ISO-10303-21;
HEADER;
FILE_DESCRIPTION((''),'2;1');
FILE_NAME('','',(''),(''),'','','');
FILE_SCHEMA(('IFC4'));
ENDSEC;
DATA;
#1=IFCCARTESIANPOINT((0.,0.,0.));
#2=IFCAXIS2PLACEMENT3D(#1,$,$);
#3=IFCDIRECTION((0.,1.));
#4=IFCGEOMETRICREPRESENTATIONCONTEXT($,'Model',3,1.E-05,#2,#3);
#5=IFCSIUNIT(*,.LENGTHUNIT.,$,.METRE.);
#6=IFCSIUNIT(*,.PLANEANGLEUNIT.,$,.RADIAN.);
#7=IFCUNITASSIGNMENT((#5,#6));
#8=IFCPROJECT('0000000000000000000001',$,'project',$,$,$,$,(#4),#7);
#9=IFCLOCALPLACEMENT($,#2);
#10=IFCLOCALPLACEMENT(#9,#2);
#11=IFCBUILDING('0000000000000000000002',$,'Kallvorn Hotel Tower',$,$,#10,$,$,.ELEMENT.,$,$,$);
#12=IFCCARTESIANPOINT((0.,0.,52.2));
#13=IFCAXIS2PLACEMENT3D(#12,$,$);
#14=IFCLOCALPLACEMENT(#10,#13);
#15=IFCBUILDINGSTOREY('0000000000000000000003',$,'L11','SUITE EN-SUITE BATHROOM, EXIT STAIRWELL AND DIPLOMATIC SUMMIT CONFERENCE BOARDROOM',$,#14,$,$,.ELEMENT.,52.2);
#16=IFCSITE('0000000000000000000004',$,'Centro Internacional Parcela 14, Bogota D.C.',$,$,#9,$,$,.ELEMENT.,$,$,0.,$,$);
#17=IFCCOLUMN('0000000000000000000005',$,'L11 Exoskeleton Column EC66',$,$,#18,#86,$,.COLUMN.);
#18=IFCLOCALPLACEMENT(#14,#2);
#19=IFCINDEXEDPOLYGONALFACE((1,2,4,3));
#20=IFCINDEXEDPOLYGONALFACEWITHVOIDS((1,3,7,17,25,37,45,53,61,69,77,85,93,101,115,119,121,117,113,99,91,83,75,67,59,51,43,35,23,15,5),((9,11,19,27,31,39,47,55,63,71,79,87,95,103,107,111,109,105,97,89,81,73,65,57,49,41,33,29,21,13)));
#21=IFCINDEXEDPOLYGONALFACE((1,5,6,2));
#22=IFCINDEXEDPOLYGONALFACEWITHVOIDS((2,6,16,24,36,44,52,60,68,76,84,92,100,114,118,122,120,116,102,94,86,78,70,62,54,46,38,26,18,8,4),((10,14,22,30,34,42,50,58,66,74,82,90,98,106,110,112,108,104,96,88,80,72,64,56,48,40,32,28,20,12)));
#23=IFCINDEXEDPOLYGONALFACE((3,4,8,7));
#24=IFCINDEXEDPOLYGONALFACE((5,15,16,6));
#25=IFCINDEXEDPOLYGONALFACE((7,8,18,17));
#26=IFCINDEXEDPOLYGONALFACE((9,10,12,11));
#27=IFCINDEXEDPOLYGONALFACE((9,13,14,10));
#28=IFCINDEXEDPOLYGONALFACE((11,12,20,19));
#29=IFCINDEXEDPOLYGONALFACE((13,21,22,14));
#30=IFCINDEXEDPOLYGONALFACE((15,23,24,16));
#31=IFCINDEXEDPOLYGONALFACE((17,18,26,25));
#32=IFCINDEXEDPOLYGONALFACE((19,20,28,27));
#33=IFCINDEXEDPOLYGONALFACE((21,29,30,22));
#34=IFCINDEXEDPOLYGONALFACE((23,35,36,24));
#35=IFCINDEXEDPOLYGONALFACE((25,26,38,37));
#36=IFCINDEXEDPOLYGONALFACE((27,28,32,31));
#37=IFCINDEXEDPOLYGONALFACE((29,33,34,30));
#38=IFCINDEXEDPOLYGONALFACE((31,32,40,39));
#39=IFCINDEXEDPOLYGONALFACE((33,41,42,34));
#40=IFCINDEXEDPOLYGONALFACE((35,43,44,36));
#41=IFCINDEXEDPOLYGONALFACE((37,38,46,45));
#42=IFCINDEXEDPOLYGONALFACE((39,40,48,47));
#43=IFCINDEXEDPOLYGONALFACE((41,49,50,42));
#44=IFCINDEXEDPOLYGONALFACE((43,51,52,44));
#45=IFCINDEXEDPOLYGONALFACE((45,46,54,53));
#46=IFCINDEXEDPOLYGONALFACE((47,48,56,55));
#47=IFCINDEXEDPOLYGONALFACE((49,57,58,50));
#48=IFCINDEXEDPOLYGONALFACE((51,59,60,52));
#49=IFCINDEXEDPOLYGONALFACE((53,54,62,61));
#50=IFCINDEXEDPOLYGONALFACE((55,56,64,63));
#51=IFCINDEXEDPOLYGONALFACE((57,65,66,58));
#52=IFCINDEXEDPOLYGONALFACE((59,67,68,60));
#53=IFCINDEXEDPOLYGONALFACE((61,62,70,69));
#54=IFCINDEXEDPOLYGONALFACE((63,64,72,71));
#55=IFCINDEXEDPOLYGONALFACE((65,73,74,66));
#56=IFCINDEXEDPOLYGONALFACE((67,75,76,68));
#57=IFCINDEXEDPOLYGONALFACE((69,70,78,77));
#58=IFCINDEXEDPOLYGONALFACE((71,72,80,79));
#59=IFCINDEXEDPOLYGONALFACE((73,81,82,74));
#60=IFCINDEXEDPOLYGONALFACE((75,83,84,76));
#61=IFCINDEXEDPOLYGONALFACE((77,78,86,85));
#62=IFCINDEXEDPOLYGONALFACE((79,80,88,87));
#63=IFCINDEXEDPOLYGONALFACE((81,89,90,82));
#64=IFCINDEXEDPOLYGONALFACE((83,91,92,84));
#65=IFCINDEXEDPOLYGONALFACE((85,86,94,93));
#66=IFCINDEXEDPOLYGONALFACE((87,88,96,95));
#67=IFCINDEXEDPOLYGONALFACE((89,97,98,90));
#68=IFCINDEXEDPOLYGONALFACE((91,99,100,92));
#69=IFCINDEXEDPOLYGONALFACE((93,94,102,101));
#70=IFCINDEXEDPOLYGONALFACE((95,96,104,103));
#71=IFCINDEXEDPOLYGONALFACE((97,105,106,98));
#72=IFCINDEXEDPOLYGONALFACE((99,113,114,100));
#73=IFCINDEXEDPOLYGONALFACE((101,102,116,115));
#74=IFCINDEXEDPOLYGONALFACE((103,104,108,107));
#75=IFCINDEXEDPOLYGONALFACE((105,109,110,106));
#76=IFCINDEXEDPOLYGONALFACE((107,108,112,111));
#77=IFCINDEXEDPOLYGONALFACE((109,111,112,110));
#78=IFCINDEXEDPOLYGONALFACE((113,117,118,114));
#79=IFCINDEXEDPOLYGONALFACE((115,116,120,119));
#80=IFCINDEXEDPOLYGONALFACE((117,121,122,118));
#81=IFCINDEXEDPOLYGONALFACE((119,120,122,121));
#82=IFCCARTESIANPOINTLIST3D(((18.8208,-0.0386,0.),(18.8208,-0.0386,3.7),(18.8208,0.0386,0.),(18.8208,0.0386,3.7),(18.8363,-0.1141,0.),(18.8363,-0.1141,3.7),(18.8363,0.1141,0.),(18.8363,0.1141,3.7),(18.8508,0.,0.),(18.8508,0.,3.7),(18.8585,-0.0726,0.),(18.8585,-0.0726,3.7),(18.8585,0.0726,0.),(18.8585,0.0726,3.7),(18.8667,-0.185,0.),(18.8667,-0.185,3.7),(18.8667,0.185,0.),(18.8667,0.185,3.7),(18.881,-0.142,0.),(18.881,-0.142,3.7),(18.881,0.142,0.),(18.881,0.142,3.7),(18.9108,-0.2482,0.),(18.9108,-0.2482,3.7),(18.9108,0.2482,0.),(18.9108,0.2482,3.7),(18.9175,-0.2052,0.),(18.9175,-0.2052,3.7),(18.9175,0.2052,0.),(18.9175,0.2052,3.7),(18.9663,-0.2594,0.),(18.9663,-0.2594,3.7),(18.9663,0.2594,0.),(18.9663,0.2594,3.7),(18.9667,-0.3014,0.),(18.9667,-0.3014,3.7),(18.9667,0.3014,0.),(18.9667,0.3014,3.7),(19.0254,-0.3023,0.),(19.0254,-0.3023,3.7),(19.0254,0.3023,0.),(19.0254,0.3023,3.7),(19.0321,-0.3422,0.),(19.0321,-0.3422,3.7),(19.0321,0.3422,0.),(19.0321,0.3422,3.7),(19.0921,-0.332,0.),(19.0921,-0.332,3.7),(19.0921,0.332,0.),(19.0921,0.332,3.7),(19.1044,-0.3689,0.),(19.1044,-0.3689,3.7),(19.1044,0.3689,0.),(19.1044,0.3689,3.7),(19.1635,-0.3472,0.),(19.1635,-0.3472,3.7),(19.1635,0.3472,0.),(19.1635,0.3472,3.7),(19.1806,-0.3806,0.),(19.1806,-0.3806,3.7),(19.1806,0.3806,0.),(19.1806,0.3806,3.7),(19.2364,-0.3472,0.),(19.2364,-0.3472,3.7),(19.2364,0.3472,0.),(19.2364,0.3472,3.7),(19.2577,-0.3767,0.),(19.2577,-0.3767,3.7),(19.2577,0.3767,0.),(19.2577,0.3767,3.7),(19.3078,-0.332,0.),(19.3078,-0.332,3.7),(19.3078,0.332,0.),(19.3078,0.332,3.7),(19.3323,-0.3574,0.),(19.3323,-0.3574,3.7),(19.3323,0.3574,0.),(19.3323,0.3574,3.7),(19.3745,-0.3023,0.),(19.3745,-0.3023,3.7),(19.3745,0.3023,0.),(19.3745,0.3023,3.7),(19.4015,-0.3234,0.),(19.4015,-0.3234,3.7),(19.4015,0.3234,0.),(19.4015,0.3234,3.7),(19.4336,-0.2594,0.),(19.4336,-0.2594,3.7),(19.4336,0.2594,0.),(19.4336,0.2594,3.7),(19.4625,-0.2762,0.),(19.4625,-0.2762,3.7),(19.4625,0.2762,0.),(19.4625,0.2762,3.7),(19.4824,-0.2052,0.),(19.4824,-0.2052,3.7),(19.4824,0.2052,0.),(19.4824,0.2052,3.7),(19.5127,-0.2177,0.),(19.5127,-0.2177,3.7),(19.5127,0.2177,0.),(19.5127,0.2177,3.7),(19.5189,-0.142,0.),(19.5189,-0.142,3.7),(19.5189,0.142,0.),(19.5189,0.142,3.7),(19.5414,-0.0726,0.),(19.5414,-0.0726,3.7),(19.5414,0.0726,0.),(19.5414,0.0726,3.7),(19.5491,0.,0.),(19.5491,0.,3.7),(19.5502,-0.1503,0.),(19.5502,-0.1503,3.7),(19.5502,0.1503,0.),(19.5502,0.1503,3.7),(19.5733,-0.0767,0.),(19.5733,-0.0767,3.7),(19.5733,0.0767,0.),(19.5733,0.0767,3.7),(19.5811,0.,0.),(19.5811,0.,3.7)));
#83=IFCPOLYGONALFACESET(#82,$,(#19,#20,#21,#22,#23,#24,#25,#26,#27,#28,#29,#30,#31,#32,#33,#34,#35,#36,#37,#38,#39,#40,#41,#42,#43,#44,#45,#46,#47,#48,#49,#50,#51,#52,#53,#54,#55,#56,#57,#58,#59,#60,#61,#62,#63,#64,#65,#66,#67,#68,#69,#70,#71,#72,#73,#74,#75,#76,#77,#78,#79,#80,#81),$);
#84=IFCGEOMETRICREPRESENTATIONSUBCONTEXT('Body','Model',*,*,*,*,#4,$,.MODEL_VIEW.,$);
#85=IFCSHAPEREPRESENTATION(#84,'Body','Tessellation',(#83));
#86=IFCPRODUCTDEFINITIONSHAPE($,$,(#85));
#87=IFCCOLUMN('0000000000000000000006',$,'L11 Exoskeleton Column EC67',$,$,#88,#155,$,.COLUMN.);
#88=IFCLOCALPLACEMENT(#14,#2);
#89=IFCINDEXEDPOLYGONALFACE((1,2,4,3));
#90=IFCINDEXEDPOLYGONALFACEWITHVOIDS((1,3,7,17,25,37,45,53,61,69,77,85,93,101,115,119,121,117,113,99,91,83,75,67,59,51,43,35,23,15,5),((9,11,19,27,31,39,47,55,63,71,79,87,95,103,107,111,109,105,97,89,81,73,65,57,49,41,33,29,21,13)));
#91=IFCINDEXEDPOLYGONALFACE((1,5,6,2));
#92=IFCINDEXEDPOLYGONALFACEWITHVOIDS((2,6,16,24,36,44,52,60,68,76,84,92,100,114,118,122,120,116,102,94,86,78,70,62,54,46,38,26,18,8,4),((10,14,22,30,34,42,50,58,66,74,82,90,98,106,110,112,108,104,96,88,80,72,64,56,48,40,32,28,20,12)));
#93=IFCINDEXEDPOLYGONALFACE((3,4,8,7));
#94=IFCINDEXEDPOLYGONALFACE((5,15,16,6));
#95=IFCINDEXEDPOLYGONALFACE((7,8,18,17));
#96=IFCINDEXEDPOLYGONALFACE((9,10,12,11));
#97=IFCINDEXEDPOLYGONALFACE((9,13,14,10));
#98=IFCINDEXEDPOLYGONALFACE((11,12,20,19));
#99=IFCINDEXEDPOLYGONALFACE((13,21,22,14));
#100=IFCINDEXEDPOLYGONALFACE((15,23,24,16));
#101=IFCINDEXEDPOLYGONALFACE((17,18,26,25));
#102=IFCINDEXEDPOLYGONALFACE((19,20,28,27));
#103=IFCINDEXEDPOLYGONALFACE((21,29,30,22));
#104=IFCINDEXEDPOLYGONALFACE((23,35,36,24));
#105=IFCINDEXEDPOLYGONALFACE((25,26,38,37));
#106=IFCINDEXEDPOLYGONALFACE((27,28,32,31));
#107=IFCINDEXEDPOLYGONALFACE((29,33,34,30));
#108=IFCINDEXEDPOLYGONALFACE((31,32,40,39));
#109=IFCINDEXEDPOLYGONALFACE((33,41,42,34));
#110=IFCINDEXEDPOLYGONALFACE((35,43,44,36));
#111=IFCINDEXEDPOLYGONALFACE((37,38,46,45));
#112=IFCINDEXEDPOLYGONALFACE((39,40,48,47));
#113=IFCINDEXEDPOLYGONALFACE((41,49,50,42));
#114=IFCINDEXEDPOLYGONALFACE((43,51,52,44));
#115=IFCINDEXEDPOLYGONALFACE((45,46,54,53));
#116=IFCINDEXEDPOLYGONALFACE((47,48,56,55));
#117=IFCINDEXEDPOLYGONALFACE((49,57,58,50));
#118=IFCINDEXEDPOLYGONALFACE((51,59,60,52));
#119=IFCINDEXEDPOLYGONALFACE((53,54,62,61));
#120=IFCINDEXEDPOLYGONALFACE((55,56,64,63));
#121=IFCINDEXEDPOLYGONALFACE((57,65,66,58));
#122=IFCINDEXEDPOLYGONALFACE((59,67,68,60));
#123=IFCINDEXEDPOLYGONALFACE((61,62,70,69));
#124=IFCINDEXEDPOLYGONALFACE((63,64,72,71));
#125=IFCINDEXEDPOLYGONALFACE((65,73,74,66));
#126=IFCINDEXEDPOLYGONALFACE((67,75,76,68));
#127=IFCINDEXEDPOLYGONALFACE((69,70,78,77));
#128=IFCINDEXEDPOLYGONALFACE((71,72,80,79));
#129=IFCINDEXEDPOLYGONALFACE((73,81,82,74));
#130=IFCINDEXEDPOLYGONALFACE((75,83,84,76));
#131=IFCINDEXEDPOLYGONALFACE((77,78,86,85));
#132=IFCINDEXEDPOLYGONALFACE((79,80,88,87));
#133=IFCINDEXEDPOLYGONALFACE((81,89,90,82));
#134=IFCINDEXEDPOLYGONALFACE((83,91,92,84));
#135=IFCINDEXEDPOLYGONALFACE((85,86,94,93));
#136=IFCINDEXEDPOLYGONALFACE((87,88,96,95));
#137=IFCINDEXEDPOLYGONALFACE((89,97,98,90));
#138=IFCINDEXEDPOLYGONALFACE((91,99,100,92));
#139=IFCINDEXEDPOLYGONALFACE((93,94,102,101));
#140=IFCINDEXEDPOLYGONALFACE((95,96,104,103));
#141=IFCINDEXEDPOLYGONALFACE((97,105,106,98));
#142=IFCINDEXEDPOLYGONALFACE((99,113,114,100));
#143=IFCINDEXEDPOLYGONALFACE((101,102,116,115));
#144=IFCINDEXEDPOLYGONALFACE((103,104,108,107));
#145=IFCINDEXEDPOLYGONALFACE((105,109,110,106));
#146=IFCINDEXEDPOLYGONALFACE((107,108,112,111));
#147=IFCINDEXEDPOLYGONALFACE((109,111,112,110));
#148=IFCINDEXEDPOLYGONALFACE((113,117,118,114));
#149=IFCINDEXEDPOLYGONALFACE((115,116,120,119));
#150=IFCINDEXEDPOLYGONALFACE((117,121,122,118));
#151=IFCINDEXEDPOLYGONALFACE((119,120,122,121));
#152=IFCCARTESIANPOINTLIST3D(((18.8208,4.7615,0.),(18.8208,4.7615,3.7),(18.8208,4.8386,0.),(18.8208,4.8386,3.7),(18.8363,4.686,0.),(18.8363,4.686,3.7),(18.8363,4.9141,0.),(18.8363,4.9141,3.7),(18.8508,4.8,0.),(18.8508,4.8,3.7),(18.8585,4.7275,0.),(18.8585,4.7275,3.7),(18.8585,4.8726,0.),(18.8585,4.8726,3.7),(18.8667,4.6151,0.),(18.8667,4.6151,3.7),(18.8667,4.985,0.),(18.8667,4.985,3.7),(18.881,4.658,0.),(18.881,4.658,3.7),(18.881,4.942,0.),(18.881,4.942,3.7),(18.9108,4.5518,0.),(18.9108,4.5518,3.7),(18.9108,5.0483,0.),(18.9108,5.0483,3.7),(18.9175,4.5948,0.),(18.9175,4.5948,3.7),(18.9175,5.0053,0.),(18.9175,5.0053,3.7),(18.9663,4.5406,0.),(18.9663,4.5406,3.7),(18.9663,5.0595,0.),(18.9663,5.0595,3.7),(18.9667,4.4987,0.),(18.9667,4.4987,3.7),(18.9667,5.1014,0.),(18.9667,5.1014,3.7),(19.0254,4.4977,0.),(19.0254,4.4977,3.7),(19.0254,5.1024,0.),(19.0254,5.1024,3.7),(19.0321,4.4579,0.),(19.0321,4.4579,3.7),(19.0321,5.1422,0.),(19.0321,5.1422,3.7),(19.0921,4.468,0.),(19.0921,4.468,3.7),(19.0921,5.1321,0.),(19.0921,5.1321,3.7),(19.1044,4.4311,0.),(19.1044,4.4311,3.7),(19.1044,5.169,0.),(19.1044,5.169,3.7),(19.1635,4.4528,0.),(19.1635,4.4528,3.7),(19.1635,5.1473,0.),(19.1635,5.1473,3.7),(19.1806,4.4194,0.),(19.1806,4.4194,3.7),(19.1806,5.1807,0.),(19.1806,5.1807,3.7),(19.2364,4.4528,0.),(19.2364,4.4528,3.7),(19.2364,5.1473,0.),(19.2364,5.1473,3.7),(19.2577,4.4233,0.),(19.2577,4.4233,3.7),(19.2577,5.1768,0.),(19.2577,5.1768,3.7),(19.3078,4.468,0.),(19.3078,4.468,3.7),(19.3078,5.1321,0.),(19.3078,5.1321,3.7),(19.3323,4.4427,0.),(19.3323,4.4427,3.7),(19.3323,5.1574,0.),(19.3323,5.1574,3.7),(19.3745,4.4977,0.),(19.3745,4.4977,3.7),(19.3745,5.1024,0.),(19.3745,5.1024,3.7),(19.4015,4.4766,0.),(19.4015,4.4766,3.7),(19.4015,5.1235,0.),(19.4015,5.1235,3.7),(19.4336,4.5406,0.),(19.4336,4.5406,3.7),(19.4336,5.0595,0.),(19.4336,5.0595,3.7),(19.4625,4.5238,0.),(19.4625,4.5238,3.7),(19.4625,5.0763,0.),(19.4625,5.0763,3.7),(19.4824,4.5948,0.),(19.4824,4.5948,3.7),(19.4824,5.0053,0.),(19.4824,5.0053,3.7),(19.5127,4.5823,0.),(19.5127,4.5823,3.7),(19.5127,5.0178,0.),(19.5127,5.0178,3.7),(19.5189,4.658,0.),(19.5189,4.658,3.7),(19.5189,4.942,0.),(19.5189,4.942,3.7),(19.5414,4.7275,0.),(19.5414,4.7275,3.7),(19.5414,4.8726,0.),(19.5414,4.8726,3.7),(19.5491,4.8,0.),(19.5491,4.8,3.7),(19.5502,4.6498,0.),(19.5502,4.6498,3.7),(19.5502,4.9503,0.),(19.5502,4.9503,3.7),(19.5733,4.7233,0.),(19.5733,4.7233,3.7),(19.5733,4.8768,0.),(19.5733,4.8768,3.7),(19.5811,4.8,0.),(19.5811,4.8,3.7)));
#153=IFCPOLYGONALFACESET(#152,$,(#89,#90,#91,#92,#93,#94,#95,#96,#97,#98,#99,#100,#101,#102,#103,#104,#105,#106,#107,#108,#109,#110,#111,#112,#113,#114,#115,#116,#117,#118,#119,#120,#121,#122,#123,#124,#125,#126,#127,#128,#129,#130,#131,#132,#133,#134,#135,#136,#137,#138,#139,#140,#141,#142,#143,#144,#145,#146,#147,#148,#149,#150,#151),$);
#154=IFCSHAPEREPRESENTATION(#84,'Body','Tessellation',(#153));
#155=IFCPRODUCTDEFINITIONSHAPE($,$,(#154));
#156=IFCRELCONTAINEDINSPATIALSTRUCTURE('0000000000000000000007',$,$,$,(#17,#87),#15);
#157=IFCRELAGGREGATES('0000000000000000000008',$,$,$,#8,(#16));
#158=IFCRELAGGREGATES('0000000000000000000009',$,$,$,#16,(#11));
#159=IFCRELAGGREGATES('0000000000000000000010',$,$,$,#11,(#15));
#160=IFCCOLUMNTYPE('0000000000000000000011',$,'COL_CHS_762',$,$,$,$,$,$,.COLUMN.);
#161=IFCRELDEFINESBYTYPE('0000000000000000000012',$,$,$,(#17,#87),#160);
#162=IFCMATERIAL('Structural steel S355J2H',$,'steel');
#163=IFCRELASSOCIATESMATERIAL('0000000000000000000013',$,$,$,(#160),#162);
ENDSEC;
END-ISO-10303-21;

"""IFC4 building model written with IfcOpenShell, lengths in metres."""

from ifc_helpers import new_model, si_unit, direction, frame, origin, origin_2d, place, context, subcontext, project, spatial, hollow_circle, extrude, material, material_profile, profile_set, type_object, element, save


model = new_model("IFC4")

# Units and contexts
model_context = context("Model", 3, precision=1e-05, world=origin(), true_north=direction((0.0, 1.0)))
body_context = subcontext(model_context, "Body", "Model", "MODEL_VIEW")
ifc_project = project(units=[si_unit("LENGTHUNIT", "METRE"), si_unit("PLANEANGLEUNIT", "RADIAN")], contexts=[model_context])

# Site, building, storey
site_placement = place(None, origin())
site = spatial("IfcSite", under=ifc_project, at=site_placement, Name="Centro Internacional Parcela 14, Bogota D.C.", CompositionType="ELEMENT", RefElevation=0.0)
building_placement = place(site_placement, origin())
building = spatial("IfcBuilding", under=site, at=building_placement, Name="Kallvorn Hotel Tower", CompositionType="ELEMENT")
storey_placement = place(building_placement, frame((0.0, 0.0, 52.2)))
storey = spatial("IfcBuildingStorey", under=building, at=storey_placement, Name="L11", Description="SUITE EN-SUITE BATHROOM, EXIT STAIRWELL AND DIPLOMATIC SUMMIT CONFERENCE BOARDROOM", CompositionType="ELEMENT", Elevation=52.2)

# Columns
ifc_material_1 = material(Name="Structural steel S355J2H", Category="steel")
ifc_material_profile_1 = material_profile(ifc_material_1, hollow_circle(Radius=0.3811, WallThickness=0.032, at=origin_2d()), Name="CHS 762x32")
ifc_profile_set_1 = profile_set([ifc_material_profile_1], Name="Structural steel S355J2H")
column_type_1 = type_object("IfcColumnType", Name="COL_CHS_762", PredefinedType="COLUMN", material=ifc_profile_set_1)
for number, where, z_axis, x_axis, name in (
    (1, (19.2, 0.0, 0.0), (0.0, 0.0, 1.0), (1.0, 0.0, 0.0), "L11 Exoskeleton Column EC66"),
    (2, (19.2, 4.8, 0.0), (0.0, 0.0, 1.0), (1.0, 0.0, 0.0), "L11 Exoskeleton Column EC67"),
):
    element("IfcColumn", number, at=place(storey_placement, frame(where, z_axis=z_axis, x_axis=x_axis)), inside=storey, type_object=column_type_1, Name=name, PredefinedType="COLUMN", context=body_context, shape_type="SweptSolid", body=[
        extrude(hollow_circle(Radius=0.3811, WallThickness=0.032, at=origin_2d()), origin(), (0.0, 0.0, 1.0), 3.7),
    ])

save(model, "model.ifc")
